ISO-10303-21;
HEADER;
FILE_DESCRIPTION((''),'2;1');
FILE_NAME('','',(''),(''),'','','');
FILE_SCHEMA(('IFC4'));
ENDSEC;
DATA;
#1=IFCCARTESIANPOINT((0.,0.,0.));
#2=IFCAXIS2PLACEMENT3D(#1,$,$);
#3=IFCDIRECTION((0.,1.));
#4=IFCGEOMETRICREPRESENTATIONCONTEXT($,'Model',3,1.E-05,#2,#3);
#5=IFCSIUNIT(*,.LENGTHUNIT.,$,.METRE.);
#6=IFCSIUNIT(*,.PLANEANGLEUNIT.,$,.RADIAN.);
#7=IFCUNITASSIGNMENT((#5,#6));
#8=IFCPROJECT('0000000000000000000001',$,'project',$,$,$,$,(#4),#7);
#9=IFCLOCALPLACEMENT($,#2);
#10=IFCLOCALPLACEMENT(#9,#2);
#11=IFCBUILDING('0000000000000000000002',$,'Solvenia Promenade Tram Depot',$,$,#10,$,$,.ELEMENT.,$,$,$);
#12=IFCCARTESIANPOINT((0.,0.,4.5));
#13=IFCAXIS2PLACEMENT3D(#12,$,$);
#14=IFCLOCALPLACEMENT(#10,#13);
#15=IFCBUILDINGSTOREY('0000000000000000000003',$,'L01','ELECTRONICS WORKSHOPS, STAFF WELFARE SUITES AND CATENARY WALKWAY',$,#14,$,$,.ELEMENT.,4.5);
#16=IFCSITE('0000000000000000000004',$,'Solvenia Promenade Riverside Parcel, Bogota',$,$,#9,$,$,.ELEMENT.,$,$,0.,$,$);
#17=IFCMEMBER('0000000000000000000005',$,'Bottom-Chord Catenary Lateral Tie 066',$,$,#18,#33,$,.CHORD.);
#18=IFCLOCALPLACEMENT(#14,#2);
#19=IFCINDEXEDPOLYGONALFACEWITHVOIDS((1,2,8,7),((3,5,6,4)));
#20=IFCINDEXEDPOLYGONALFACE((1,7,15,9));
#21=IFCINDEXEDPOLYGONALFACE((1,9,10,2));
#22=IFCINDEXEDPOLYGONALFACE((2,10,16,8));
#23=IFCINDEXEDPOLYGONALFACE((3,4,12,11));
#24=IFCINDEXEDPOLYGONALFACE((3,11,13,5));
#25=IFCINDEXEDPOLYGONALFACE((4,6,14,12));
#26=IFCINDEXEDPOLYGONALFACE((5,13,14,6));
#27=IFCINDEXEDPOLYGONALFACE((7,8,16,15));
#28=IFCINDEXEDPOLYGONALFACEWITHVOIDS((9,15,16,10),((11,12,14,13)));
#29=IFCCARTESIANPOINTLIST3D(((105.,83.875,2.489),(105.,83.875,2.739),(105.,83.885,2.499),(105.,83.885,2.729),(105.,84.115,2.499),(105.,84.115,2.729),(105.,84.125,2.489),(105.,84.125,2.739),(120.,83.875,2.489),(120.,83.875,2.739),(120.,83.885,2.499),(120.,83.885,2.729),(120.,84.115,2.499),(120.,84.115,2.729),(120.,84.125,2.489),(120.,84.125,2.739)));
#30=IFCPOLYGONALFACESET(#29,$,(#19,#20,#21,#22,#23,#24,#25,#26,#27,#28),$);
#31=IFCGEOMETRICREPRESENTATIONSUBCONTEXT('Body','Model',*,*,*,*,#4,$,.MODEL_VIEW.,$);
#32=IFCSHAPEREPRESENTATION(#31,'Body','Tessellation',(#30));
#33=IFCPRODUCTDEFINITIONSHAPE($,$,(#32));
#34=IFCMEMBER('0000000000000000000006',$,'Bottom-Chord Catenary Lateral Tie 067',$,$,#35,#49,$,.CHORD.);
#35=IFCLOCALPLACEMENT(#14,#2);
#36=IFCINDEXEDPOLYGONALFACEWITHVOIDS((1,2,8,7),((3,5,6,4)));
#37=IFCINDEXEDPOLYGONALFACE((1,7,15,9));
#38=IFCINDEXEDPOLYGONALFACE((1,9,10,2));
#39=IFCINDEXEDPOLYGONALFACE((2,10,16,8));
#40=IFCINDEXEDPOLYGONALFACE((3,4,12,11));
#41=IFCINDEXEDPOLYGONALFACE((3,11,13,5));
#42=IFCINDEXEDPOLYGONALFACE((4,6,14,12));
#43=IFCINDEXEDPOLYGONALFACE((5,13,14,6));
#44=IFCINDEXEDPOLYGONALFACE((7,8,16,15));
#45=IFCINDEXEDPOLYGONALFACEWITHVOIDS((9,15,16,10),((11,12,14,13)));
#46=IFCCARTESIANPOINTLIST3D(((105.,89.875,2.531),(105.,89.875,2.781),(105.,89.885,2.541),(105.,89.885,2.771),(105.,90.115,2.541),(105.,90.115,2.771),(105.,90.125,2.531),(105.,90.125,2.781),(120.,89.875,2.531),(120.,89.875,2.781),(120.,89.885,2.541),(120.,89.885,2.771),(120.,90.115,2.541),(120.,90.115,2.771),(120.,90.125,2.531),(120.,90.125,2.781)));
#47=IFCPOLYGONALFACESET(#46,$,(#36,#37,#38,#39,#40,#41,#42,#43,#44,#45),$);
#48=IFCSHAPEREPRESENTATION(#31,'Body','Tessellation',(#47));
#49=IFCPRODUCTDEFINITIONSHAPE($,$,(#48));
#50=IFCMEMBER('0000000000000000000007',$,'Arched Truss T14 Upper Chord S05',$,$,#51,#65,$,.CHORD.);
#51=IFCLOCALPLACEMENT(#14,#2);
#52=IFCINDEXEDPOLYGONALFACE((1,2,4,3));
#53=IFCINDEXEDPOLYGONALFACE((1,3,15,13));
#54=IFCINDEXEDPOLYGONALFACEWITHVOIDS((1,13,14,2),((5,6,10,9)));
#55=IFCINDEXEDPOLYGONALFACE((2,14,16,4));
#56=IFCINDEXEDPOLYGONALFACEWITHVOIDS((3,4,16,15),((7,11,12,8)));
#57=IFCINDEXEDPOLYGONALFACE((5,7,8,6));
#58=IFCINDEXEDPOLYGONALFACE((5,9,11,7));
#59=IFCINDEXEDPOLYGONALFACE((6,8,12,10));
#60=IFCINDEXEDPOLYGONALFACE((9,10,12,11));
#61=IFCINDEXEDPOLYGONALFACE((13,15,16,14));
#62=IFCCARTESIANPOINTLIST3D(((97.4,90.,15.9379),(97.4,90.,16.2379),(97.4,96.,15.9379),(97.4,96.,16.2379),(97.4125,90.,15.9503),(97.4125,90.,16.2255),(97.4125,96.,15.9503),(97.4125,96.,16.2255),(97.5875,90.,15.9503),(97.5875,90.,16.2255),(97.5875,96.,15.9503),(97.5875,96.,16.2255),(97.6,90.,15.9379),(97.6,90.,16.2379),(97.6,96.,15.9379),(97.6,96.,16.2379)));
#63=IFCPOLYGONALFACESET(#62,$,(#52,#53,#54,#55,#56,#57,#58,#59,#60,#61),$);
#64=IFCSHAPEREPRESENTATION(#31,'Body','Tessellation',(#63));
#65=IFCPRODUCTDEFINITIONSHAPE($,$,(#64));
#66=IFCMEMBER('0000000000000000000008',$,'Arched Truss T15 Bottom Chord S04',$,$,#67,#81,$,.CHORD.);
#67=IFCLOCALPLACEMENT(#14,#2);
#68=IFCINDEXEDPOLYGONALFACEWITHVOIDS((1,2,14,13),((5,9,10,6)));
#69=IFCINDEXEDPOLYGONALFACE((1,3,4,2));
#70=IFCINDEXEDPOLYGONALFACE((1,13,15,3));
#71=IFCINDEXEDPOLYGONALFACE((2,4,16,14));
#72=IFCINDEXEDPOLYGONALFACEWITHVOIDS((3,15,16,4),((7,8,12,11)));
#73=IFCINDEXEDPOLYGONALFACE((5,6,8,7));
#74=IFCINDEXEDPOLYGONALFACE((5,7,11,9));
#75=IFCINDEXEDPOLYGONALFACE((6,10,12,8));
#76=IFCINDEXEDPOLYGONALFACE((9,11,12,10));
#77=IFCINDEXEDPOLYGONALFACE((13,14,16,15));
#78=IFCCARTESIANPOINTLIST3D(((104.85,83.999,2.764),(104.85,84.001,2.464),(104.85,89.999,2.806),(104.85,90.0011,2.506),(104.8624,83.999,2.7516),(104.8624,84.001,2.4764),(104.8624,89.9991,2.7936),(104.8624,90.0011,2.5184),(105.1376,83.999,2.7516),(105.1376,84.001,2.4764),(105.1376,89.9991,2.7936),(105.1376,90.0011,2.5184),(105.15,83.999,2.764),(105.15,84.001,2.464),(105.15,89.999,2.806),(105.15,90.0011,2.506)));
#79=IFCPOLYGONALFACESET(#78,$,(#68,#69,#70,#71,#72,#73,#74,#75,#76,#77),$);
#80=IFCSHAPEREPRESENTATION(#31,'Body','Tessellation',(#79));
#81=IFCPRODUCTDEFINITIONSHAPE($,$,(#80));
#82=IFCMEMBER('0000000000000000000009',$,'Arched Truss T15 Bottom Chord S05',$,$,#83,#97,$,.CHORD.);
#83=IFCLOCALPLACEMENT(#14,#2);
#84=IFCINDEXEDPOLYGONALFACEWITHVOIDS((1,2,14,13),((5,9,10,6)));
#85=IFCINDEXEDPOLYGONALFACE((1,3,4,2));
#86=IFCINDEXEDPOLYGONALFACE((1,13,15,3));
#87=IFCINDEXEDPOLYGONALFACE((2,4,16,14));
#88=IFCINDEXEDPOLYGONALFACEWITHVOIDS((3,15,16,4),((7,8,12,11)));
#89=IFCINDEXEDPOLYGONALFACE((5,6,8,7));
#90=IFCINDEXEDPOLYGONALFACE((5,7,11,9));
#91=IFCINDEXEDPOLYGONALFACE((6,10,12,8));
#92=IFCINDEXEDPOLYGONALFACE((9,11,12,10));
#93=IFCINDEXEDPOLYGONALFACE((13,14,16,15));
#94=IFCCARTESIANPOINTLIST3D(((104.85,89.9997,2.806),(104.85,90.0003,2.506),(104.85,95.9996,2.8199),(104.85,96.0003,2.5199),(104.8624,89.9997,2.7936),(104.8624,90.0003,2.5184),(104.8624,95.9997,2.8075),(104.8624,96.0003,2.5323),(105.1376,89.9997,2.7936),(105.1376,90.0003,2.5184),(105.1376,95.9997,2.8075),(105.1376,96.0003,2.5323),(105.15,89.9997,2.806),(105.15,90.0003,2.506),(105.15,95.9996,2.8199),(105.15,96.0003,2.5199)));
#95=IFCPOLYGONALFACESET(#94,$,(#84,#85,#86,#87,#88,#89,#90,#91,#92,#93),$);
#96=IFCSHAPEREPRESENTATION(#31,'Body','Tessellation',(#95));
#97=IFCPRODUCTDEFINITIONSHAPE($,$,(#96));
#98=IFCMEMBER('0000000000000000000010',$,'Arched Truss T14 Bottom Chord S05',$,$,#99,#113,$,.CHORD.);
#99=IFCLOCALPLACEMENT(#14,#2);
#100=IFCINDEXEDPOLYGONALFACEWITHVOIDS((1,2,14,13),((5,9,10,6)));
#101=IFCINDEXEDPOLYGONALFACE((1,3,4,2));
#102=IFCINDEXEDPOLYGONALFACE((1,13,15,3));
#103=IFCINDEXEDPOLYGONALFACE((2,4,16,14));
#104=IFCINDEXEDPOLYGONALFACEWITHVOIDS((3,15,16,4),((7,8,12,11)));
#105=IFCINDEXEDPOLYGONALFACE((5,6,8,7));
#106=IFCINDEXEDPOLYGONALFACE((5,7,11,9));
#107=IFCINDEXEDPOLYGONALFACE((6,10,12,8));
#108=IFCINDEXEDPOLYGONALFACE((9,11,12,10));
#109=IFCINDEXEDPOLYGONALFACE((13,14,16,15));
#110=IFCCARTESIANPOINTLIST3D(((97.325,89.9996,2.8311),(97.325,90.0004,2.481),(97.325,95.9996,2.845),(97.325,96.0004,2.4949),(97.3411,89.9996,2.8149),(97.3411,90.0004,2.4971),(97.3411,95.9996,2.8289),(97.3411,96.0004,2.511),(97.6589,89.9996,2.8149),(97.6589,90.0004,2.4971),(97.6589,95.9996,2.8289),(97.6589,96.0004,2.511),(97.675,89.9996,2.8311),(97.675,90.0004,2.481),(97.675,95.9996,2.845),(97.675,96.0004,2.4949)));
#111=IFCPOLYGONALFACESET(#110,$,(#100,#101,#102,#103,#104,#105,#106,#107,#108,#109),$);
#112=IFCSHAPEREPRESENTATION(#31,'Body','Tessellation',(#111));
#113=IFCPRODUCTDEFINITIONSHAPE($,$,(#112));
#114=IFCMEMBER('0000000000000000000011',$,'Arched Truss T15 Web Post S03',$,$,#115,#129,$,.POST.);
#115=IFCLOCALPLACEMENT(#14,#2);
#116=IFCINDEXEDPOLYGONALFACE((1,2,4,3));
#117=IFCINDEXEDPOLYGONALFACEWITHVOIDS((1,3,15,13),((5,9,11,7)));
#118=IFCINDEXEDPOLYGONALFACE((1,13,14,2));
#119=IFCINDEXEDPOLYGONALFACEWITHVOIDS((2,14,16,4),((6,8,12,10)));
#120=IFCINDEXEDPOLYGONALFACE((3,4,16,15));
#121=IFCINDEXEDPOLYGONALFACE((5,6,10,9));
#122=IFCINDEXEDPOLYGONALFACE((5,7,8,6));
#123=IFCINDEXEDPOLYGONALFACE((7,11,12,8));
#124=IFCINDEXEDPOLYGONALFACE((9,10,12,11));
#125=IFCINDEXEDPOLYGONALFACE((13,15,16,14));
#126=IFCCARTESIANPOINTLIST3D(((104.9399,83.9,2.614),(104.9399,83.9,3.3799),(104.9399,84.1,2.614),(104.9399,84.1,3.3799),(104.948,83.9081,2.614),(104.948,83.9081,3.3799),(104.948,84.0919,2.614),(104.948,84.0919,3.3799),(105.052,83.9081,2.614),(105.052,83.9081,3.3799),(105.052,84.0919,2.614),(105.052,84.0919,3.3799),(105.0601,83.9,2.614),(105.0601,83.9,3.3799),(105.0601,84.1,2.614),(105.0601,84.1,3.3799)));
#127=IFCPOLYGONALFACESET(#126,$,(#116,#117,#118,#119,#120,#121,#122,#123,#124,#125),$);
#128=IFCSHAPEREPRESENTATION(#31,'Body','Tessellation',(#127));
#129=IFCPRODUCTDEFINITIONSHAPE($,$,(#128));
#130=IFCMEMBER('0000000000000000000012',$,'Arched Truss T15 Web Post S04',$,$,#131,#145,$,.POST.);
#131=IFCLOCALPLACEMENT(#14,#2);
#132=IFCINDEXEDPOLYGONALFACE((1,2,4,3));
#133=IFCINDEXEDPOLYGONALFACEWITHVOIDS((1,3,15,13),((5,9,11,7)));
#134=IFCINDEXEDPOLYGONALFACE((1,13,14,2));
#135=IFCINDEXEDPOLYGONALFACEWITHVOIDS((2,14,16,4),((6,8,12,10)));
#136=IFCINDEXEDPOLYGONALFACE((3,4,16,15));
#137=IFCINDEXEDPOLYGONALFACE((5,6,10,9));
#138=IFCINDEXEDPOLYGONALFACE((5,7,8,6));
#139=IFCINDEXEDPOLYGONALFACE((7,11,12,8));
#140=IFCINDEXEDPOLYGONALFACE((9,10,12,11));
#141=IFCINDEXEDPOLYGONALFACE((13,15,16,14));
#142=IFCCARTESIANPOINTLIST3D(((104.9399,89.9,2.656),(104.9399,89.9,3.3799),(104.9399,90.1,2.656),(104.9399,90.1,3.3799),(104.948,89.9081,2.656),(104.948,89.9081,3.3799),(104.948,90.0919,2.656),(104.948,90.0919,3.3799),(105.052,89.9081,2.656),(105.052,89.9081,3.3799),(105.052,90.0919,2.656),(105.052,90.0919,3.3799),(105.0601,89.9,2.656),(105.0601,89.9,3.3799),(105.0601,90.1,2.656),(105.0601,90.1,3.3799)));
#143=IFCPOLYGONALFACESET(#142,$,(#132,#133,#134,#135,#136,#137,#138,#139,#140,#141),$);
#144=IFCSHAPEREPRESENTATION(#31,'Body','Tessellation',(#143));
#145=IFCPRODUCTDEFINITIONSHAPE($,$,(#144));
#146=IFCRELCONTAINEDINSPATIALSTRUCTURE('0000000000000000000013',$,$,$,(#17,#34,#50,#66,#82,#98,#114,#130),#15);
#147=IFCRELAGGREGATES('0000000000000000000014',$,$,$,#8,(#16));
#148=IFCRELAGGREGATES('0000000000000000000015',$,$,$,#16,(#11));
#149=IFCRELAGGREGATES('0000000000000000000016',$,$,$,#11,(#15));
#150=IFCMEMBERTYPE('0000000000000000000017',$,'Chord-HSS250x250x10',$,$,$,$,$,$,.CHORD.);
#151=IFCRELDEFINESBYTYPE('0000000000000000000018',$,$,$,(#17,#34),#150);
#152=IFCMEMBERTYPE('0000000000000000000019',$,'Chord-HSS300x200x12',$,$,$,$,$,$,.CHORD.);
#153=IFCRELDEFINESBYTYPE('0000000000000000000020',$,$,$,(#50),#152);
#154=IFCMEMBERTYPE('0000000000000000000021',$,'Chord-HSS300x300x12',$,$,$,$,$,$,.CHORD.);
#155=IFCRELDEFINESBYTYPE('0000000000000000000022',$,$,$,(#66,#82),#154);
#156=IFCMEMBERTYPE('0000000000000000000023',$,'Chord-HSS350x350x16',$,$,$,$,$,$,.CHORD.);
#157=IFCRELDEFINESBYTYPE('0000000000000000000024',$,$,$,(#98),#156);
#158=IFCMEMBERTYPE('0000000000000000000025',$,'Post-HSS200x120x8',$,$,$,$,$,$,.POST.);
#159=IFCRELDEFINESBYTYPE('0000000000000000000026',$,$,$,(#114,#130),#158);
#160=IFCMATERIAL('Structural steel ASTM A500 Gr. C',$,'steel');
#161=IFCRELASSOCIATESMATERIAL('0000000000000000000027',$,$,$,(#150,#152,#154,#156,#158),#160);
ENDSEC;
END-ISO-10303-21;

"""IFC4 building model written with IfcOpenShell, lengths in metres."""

from ifc_helpers import new_model, si_unit, direction, frame, origin, origin_2d, place, context, subcontext, project, spatial, hollow_rectangle, extrude, material, material_profile, profile_set, type_object, element, save


model = new_model("IFC4")

# Units and contexts
model_context = context("Model", 3, precision=1e-05, world=origin(), true_north=direction((0.0, 1.0)))
body_context = subcontext(model_context, "Body", "Model", "MODEL_VIEW")
ifc_project = project(units=[si_unit("LENGTHUNIT", "METRE"), si_unit("PLANEANGLEUNIT", "RADIAN")], contexts=[model_context])

# Site, building, storey
site_placement = place(None, origin())
site = spatial("IfcSite", under=ifc_project, at=site_placement, Name="Solvenia Promenade Riverside Parcel, Bogota", CompositionType="ELEMENT", RefElevation=0.0)
building_placement = place(site_placement, origin())
building = spatial("IfcBuilding", under=site, at=building_placement, Name="Solvenia Promenade Tram Depot", CompositionType="ELEMENT")
storey_placement = place(building_placement, frame((0.0, 0.0, 4.5)))
storey = spatial("IfcBuildingStorey", under=building, at=storey_placement, Name="L01", Description="ELECTRONICS WORKSHOPS, STAFF WELFARE SUITES AND CATENARY WALKWAY", CompositionType="ELEMENT", Elevation=4.5)

# Members
ifc_material_1 = material(Name="Structural steel ASTM A500 Gr. C", Category="steel")
ifc_material_profile_1 = material_profile(ifc_material_1, hollow_rectangle(XDim=0.25, YDim=0.25, WallThickness=0.01, at=origin_2d()), Name="HSS250x250x10", Category="steel")
ifc_profile_set_1 = profile_set([ifc_material_profile_1], Name="Structural steel ASTM A500 Gr. C")
member_type_1 = type_object("IfcMemberType", Name="Chord-HSS250x250x10", PredefinedType="CHORD", material=ifc_profile_set_1)
for number, where, z_axis, x_axis, name in (
    (1, (105.0, 84.0, 2.614), (1.0, 0.0, 0.0), (0.0, 1.0, 0.0), "Bottom-Chord Catenary Lateral Tie 066"),
    (2, (105.0, 90.0, 2.656), (1.0, 0.0, 0.0), (0.0, 1.0, 0.0), "Bottom-Chord Catenary Lateral Tie 067"),
):
    element("IfcMember", number, at=place(storey_placement, frame(where, z_axis=z_axis, x_axis=x_axis)), inside=storey, type_object=member_type_1, Name=name, PredefinedType="CHORD", context=body_context, shape_type="SweptSolid", body=[
        extrude(hollow_rectangle(XDim=0.25, YDim=0.25, WallThickness=0.01, at=origin_2d()), origin(), (0.0, 0.0, 1.0), 15.0),
    ])
ifc_material_profile_2 = material_profile(ifc_material_1, hollow_rectangle(XDim=0.2, YDim=0.3, WallThickness=0.0125, at=origin_2d()), Name="HSS300x200x12.5", Category="steel")
ifc_profile_set_2 = profile_set([ifc_material_profile_2], Name="Structural steel ASTM A500 Gr. C")
member_type_2 = type_object("IfcMemberType", Name="Chord-HSS300x200x12", PredefinedType="CHORD", material=ifc_profile_set_2)
member_1_placement = place(storey_placement, frame((97.5, 90.0, 16.0879), z_axis=(0.0, 1.0, 0.0), x_axis=(-1.0, 0.0, 0.0)))
element("IfcMember", 3, at=member_1_placement, inside=storey, type_object=member_type_2, Name="Arched Truss T14 Upper Chord S05", PredefinedType="CHORD", context=body_context, shape_type="SweptSolid", body=[
    extrude(hollow_rectangle(XDim=0.2, YDim=0.3, WallThickness=0.0125, at=origin_2d()), origin(), (0.0, 0.0, 1.0), 6.0),
])
ifc_material_profile_3 = material_profile(ifc_material_1, hollow_rectangle(XDim=0.3, YDim=0.3, WallThickness=0.0125, at=origin_2d()), Name="HSS300x300x12.5", Category="steel")
ifc_profile_set_3 = profile_set([ifc_material_profile_3], Name="Structural steel ASTM A500 Gr. C")
member_type_3 = type_object("IfcMemberType", Name="Chord-HSS300x300x12", PredefinedType="CHORD", material=ifc_profile_set_3)
member_2_placement = place(storey_placement, frame((105.0, 84.0, 2.614), z_axis=(0.0, 0.999976, 0.006999), x_axis=(-1.0, 0.0, 0.0)))
element("IfcMember", 4, at=member_2_placement, inside=storey, type_object=member_type_3, Name="Arched Truss T15 Bottom Chord S04", PredefinedType="CHORD", context=body_context, shape_type="SweptSolid", body=[
    extrude(hollow_rectangle(XDim=0.3, YDim=0.3, WallThickness=0.0125, at=origin_2d()), origin(), (0.0, 0.0, 1.0), 6.0002),
])
member_3_placement = place(storey_placement, frame((105.0, 90.0, 2.656), z_axis=(0.0, 0.999997, 0.002319), x_axis=(-1.0, 0.0, 0.0)))
element("IfcMember", 5, at=member_3_placement, inside=storey, type_object=member_type_3, Name="Arched Truss T15 Bottom Chord S05", PredefinedType="CHORD", context=body_context, shape_type="SweptSolid", body=[
    extrude(hollow_rectangle(XDim=0.3, YDim=0.3, WallThickness=0.0125, at=origin_2d()), origin(), (0.0, 0.0, 1.0), 6.0),
])
ifc_material_profile_4 = material_profile(ifc_material_1, hollow_rectangle(XDim=0.3501, YDim=0.3501, WallThickness=0.0161, at=origin_2d()), Name="HSS350x350x16", Category="steel")
ifc_profile_set_4 = profile_set([ifc_material_profile_4], Name="Structural steel ASTM A500 Gr. C")
member_type_4 = type_object("IfcMemberType", Name="Chord-HSS350x350x16", PredefinedType="CHORD", material=ifc_profile_set_4)
member_4_placement = place(storey_placement, frame((97.5, 90.0, 2.656), z_axis=(0.0, 0.999997, 0.002319), x_axis=(-1.0, 0.0, 0.0)))
element("IfcMember", 6, at=member_4_placement, inside=storey, type_object=member_type_4, Name="Arched Truss T14 Bottom Chord S05", PredefinedType="CHORD", context=body_context, shape_type="SweptSolid", body=[
    extrude(hollow_rectangle(XDim=0.3501, YDim=0.3501, WallThickness=0.0161, at=origin_2d()), origin(), (0.0, 0.0, 1.0), 6.0),
])
ifc_material_profile_5 = material_profile(ifc_material_1, hollow_rectangle(XDim=0.1201, YDim=0.2, WallThickness=0.0081, at=origin_2d()), Name="HSS200x120x8", Category="steel")
ifc_profile_set_5 = profile_set([ifc_material_profile_5], Name="Structural steel ASTM A500 Gr. C")
member_type_5 = type_object("IfcMemberType", Name="Post-HSS200x120x8", PredefinedType="POST", material=ifc_profile_set_5)
member_5_placement = place(storey_placement, frame((105.0, 84.0, 2.614), z_axis=(0.0, 0.0, 1.0), x_axis=(1.0, 0.0, 0.0)))
element("IfcMember", 7, at=member_5_placement, inside=storey, type_object=member_type_5, Name="Arched Truss T15 Web Post S03", PredefinedType="POST", context=body_context, shape_type="SweptSolid", body=[
    extrude(hollow_rectangle(XDim=0.1201, YDim=0.2, WallThickness=0.0081, at=origin_2d()), origin(), (0.0, 0.0, 1.0), 0.7659),
])
member_6_placement = place(storey_placement, frame((105.0, 90.0, 2.656), z_axis=(0.0, 0.0, 1.0), x_axis=(1.0, 0.0, 0.0)))
element("IfcMember", 8, at=member_6_placement, inside=storey, type_object=member_type_5, Name="Arched Truss T15 Web Post S04", PredefinedType="POST", context=body_context, shape_type="SweptSolid", body=[
    extrude(hollow_rectangle(XDim=0.1201, YDim=0.2, WallThickness=0.0081, at=origin_2d()), origin(), (0.0, 0.0, 1.0), 0.7239),
])

save(model, "model.ifc")
